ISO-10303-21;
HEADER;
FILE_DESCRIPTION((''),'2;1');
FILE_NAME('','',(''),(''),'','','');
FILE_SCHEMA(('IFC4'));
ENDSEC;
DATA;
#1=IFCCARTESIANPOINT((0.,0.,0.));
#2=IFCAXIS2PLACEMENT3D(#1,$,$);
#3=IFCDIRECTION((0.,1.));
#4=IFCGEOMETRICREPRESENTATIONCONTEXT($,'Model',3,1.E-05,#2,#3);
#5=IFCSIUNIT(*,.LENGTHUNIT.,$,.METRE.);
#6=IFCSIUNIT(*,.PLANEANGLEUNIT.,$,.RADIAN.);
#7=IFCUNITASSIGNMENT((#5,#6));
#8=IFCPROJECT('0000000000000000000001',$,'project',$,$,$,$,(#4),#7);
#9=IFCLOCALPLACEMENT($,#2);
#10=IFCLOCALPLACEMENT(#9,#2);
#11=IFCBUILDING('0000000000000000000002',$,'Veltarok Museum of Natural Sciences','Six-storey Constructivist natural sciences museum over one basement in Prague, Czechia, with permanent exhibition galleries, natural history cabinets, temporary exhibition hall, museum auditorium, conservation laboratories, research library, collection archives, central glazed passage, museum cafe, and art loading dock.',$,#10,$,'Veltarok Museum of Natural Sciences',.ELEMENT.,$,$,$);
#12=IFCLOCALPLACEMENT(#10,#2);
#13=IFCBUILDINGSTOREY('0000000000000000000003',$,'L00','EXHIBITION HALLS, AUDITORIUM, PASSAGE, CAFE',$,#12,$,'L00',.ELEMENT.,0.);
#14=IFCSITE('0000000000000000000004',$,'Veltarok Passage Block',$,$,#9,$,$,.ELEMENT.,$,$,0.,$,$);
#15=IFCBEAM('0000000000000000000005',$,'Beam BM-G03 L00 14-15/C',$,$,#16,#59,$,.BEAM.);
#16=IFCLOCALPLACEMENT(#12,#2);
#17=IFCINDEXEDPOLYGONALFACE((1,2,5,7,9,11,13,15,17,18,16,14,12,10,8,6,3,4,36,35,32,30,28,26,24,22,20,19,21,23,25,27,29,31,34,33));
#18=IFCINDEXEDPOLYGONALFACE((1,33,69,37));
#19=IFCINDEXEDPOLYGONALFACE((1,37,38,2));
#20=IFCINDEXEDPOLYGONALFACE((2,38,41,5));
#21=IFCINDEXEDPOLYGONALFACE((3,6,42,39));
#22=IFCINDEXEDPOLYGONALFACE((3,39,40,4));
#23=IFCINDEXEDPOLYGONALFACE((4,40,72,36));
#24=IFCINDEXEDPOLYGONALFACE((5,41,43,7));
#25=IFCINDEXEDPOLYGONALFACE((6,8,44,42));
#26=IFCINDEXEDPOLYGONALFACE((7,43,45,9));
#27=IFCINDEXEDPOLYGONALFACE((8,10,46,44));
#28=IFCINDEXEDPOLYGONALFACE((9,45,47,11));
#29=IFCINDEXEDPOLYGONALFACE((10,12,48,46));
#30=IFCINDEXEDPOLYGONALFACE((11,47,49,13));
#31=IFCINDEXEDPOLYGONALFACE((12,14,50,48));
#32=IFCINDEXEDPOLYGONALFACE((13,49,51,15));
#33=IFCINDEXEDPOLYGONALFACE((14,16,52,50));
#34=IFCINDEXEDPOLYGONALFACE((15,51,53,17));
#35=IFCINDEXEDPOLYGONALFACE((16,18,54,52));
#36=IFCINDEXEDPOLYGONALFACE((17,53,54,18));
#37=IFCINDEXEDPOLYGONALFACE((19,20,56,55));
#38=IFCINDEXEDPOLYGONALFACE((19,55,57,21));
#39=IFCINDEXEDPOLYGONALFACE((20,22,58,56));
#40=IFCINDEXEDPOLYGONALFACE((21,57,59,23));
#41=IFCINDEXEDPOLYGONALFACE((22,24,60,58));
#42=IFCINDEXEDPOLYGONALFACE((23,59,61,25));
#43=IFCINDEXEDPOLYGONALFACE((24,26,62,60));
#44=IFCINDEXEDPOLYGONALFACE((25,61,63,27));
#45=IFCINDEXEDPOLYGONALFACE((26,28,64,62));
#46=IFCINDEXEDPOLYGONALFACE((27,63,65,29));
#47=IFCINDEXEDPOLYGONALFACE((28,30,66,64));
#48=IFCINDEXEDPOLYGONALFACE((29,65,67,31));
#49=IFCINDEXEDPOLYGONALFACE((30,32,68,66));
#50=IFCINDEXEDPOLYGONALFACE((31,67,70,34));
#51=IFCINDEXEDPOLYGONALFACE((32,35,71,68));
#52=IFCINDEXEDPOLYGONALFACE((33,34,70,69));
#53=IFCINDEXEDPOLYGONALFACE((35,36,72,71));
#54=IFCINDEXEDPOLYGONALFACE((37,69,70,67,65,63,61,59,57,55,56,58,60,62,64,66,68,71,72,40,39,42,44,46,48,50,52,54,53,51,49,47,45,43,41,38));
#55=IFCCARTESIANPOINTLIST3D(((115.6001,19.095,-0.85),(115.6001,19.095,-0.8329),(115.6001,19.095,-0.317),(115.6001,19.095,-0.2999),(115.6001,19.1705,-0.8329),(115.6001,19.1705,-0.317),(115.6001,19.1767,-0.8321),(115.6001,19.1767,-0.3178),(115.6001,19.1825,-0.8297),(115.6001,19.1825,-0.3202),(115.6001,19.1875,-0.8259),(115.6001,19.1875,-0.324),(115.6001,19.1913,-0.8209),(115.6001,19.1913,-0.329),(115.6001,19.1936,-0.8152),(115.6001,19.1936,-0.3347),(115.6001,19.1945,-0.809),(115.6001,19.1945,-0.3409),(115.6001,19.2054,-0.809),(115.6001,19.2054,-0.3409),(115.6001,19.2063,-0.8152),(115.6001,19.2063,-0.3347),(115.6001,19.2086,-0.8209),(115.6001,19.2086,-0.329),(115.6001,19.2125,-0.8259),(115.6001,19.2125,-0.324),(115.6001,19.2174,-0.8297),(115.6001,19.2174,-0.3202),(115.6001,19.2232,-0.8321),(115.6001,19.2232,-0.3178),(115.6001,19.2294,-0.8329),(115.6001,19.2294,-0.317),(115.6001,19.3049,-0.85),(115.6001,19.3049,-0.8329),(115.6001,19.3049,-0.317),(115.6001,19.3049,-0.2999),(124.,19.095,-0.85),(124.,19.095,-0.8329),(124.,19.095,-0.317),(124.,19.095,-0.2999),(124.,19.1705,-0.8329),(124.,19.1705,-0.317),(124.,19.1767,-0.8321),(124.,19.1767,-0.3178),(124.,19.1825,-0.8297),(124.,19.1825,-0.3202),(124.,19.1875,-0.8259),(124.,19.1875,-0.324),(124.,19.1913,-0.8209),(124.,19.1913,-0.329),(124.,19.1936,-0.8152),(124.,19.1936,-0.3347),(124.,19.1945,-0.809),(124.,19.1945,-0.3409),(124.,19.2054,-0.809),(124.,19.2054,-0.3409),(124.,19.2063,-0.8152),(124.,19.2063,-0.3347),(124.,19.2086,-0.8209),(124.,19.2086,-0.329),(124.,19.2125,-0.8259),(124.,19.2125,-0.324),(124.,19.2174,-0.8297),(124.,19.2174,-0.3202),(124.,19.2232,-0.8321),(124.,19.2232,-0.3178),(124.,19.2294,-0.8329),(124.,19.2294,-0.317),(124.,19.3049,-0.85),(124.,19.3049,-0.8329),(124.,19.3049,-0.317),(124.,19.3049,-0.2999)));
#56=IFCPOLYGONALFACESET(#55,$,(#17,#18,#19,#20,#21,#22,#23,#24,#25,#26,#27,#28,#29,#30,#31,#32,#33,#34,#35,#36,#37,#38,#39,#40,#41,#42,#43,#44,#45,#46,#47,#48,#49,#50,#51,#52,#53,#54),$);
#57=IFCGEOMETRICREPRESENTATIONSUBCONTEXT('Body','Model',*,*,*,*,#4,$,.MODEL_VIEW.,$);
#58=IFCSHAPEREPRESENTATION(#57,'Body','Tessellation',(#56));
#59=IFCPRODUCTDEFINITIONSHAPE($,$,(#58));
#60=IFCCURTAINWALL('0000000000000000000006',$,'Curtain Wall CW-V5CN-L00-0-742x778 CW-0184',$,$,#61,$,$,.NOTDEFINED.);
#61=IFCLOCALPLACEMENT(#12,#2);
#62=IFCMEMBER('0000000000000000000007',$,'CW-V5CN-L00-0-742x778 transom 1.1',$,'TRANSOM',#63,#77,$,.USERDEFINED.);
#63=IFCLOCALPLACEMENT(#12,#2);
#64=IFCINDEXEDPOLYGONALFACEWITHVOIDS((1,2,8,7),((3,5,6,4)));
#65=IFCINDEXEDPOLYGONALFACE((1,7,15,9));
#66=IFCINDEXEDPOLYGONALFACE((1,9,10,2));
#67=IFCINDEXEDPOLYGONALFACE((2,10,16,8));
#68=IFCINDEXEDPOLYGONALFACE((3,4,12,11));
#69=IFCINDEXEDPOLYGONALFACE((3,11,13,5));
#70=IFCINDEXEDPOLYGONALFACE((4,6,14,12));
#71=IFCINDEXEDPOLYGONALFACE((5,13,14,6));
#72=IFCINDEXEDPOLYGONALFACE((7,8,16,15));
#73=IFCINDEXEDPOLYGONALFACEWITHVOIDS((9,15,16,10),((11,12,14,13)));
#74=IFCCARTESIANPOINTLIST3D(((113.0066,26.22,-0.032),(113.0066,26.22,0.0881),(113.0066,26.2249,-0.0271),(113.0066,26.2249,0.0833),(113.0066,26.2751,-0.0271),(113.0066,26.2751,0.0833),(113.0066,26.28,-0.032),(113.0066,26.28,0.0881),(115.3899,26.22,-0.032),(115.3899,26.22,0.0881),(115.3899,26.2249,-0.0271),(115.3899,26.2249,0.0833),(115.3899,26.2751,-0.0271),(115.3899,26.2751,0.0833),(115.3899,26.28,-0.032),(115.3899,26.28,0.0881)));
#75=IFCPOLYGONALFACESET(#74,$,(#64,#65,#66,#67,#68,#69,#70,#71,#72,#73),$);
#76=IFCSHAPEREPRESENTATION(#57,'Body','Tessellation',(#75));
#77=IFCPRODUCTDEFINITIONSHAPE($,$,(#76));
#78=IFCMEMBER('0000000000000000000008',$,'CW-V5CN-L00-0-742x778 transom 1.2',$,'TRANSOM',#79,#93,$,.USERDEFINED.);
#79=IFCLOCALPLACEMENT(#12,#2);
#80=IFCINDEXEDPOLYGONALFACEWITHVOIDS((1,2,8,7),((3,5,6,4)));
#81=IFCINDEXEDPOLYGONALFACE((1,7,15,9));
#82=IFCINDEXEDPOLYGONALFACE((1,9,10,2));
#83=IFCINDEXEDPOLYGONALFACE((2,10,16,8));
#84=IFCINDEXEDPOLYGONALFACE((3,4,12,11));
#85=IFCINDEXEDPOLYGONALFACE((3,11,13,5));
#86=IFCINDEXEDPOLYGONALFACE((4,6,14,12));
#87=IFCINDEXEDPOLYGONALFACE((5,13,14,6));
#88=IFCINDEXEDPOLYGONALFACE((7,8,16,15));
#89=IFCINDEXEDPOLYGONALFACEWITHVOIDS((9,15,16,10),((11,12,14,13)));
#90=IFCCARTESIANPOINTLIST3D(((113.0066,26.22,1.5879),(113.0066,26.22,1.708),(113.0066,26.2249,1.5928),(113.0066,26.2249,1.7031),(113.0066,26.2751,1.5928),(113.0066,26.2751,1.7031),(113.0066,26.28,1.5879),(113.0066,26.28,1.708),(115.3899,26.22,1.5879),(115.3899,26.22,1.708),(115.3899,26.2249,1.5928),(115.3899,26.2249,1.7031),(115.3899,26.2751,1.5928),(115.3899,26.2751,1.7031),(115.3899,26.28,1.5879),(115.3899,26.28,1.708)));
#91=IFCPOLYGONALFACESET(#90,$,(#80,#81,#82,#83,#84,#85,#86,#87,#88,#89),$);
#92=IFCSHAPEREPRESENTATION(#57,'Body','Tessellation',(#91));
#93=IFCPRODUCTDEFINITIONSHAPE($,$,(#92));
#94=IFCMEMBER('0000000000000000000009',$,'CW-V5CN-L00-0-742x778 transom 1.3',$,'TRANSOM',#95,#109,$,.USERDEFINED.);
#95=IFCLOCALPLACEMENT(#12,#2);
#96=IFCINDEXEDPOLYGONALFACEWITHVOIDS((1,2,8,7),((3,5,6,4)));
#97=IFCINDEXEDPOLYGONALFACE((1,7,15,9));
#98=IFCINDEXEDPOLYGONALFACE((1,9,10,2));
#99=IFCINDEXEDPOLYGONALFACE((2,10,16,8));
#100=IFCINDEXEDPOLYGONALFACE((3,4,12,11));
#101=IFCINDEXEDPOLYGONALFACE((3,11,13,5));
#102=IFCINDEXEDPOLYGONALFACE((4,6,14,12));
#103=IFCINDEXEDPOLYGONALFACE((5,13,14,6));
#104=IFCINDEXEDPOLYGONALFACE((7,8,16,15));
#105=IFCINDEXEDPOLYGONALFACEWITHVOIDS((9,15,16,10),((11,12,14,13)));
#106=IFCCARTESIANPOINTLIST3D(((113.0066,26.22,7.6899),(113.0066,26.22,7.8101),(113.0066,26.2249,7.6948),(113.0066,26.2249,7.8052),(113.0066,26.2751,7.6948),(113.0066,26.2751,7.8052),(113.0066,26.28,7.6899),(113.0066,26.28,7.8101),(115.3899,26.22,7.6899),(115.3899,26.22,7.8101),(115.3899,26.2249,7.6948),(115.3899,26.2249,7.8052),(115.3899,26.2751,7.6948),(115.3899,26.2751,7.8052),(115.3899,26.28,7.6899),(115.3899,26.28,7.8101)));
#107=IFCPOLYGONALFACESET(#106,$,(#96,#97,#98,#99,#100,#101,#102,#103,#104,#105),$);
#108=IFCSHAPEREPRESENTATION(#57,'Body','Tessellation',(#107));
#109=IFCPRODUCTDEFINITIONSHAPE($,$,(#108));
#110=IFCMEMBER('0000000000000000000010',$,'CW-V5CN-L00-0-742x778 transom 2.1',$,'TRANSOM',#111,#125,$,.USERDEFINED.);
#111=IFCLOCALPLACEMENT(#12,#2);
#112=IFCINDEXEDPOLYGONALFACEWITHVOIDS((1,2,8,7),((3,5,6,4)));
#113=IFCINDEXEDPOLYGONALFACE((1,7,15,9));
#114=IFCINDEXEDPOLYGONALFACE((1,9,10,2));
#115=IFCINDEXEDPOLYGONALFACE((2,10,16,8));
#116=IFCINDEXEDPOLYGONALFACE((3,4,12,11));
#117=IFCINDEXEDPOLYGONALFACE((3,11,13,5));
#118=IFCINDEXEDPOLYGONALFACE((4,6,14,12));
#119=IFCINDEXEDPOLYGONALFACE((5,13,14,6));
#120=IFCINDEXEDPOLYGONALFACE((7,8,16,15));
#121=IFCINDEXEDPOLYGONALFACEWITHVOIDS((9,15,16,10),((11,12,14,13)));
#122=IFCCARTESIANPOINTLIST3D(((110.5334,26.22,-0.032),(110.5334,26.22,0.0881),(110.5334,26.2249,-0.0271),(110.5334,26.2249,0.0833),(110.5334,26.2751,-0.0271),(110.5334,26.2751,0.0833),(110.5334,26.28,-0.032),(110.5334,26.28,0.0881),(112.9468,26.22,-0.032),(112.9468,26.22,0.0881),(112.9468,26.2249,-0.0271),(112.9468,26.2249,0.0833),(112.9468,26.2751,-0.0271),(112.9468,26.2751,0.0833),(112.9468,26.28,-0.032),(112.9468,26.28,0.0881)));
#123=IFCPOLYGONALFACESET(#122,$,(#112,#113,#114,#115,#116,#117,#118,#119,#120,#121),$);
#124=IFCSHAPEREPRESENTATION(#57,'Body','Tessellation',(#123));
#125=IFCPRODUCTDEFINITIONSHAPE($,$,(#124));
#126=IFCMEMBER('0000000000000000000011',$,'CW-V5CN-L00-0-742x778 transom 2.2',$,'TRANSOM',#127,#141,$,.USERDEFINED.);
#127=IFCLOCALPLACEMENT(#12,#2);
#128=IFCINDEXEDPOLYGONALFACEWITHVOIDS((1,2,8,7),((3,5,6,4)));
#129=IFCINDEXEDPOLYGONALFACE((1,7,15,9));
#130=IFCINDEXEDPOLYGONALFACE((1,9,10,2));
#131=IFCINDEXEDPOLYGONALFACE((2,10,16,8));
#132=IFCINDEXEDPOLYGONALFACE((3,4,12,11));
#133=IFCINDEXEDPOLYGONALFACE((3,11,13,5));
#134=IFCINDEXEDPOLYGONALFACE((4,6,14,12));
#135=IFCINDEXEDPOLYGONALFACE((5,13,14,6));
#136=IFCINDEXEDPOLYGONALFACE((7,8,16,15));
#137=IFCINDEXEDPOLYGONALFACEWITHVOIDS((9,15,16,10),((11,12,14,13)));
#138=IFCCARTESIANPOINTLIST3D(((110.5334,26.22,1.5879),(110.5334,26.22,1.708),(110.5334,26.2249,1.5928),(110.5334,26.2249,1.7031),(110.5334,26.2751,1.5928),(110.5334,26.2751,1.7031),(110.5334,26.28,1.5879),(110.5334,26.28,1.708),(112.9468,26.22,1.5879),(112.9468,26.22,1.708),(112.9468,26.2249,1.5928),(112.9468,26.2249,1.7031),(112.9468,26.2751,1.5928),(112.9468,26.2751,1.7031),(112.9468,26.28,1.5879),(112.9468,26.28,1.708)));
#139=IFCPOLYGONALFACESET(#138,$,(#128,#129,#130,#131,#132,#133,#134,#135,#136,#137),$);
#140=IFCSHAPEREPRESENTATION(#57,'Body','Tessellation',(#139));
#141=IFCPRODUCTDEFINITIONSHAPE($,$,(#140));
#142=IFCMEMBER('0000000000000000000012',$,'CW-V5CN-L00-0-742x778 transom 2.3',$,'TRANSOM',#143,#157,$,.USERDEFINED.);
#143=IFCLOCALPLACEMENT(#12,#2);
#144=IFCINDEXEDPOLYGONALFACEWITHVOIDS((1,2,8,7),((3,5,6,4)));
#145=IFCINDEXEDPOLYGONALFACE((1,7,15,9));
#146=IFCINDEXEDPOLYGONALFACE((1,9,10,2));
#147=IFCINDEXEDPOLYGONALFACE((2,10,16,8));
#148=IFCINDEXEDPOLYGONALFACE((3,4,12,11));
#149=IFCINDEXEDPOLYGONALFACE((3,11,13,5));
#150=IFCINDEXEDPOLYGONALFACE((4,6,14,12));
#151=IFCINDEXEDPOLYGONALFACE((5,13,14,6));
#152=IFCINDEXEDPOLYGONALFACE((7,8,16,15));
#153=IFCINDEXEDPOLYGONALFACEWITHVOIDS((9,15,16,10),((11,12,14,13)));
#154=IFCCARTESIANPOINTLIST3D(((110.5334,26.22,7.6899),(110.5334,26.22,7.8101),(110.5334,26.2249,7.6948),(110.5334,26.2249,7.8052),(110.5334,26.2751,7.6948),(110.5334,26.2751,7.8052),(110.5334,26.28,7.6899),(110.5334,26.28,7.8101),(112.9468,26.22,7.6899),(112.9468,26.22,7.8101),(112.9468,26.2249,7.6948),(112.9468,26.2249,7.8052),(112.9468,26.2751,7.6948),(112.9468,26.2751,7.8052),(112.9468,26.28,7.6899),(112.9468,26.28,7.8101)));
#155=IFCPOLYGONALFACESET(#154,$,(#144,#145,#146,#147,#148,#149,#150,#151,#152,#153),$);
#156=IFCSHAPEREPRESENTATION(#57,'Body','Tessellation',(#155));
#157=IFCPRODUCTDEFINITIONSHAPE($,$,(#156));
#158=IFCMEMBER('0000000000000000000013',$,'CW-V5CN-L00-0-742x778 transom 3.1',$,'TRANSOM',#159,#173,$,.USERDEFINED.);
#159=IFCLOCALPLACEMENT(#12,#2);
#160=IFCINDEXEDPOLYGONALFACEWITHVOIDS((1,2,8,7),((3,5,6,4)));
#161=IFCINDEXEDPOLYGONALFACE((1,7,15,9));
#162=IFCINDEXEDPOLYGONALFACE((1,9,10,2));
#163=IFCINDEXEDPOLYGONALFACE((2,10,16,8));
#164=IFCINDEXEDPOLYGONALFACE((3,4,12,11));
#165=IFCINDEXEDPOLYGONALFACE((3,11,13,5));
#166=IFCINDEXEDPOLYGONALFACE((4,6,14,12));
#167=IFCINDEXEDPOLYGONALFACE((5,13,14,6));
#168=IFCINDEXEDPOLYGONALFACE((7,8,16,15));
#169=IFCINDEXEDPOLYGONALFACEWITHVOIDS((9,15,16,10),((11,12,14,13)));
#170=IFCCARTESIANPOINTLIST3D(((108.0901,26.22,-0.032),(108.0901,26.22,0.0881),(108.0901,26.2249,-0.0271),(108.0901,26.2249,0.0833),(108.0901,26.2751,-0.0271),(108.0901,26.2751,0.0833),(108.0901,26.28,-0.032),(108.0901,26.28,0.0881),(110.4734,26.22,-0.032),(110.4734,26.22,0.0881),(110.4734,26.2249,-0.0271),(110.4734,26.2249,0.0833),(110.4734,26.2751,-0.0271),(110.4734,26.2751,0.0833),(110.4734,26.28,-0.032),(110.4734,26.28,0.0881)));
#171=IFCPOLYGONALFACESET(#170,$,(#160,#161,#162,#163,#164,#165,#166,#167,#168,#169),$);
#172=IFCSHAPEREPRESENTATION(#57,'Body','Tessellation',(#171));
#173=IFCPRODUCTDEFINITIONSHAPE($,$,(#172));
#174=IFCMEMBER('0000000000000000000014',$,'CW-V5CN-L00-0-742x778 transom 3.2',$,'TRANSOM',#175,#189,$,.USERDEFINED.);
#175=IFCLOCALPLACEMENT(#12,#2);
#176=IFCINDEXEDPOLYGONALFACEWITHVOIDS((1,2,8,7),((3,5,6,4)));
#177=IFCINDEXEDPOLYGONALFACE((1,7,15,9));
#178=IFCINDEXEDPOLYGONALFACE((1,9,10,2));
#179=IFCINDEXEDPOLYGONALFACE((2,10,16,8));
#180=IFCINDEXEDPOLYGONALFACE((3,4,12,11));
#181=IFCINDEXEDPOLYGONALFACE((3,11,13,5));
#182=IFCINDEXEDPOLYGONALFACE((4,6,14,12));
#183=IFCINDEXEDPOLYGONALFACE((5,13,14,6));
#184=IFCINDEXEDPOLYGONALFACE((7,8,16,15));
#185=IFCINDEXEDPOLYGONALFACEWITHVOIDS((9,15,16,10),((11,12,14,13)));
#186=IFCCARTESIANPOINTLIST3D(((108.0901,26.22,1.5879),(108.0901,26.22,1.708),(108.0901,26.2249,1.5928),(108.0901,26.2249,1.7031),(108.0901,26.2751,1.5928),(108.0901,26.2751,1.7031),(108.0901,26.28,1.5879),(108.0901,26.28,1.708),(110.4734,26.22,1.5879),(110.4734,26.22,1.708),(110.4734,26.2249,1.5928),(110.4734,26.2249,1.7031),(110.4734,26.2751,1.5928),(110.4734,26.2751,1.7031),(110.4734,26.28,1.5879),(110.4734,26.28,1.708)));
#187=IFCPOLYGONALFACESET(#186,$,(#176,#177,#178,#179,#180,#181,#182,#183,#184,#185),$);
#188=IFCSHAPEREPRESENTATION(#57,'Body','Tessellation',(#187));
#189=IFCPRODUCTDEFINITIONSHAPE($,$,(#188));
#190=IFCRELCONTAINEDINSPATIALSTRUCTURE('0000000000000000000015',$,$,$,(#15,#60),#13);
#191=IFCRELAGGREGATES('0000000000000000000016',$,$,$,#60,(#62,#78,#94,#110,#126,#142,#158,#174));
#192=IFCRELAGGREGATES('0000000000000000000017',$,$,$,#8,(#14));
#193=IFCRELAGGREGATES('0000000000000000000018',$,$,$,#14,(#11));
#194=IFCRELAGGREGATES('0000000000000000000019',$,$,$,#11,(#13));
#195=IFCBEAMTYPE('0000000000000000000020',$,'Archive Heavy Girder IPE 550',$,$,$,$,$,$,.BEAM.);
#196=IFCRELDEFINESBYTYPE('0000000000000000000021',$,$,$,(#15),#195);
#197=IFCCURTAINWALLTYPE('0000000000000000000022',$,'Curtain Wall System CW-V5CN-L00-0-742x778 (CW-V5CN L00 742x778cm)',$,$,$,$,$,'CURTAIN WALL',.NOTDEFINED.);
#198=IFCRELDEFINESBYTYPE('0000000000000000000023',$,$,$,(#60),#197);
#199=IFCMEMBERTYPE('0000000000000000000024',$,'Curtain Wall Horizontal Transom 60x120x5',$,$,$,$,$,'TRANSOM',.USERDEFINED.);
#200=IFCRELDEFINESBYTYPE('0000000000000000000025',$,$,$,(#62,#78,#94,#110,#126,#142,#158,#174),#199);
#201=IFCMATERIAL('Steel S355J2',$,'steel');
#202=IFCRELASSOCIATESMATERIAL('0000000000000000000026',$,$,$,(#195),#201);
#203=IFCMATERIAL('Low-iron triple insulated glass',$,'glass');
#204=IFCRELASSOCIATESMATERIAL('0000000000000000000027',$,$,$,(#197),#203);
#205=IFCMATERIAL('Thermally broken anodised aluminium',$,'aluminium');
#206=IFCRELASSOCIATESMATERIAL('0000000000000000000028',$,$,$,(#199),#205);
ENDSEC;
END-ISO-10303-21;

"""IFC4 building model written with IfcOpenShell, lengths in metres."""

from ifc_helpers import new_model, si_unit, direction, frame, origin, origin_2d, place, context, subcontext, project, spatial, hollow_rectangle, i_section, extrude, material, material_profile, profile_set, type_object, element, aggregate, save


model = new_model("IFC4")

# Units and contexts
model_context = context("Model", 3, precision=1e-05, world=origin(), true_north=direction((0.0, 1.0)))
body_context = subcontext(model_context, "Body", "Model", "MODEL_VIEW")
ifc_project = project(units=[si_unit("LENGTHUNIT", "METRE"), si_unit("PLANEANGLEUNIT", "RADIAN")], contexts=[model_context])

# Site, building, storey
site_placement = place(None, origin())
site = spatial("IfcSite", under=ifc_project, at=site_placement, Name="Veltarok Passage Block", CompositionType="ELEMENT", RefElevation=0.0)
building_placement = place(site_placement, origin())
building = spatial("IfcBuilding", under=site, at=building_placement, Name="Veltarok Museum of Natural Sciences", Description="Six-storey Constructivist natural sciences museum over one basement in Prague, Czechia, with permanent exhibition galleries, natural history cabinets, temporary exhibition hall, museum auditorium, conservation laboratories, research library, collection archives, central glazed passage, museum cafe, and art loading dock.", LongName="Veltarok Museum of Natural Sciences", CompositionType="ELEMENT")
storey_placement = place(building_placement, origin())
storey = spatial("IfcBuildingStorey", under=building, at=storey_placement, Name="L00", Description="EXHIBITION HALLS, AUDITORIUM, PASSAGE, CAFE", LongName="L00", CompositionType="ELEMENT", Elevation=0.0)

# Beam
ifc_material_1 = material(Name="Steel S355J2", Category="steel")
ifc_material_profile_1 = material_profile(ifc_material_1, i_section(OverallWidth=0.21, OverallDepth=0.55, WebThickness=0.011, FlangeThickness=0.0171, FilletRadius=0.0239, at=origin_2d()), Name="IPE 550")
ifc_profile_set_1 = profile_set([ifc_material_profile_1], Name="Steel S355J2")
beam_type_1 = type_object("IfcBeamType", Name="Archive Heavy Girder IPE 550", PredefinedType="BEAM", material=ifc_profile_set_1)
beam_1_placement = place(storey_placement, frame((115.6001, 19.2, -0.575), z_axis=(1.0, 0.0, 0.0), x_axis=(0.0, 1.0, 0.0)))
element("IfcBeam", 1, at=beam_1_placement, inside=storey, type_object=beam_type_1, Name="Beam BM-G03 L00 14-15/C", PredefinedType="BEAM", context=body_context, shape_type="SweptSolid", body=[
    extrude(i_section(OverallWidth=0.21, OverallDepth=0.55, WebThickness=0.011, FlangeThickness=0.0171, FilletRadius=0.0239, at=origin_2d()), origin(), (0.0, 0.0, 1.0), 8.3999),
])

# Curtain wall, members
ifc_material_2 = material(Name="Low-iron triple insulated glass", Category="glass")
curtain_wall_type_1 = type_object("IfcCurtainWallType", Name="Curtain Wall System CW-V5CN-L00-0-742x778 (CW-V5CN L00 742x778cm)", ElementType="CURTAIN WALL", PredefinedType="NOTDEFINED", material=ifc_material_2)
curtain_wall_1_placement = place(storey_placement, origin())
curtain_wall_1 = element("IfcCurtainWall", 2, at=curtain_wall_1_placement, inside=storey, type_object=curtain_wall_type_1, Name="Curtain Wall CW-V5CN-L00-0-742x778 CW-0184", PredefinedType="NOTDEFINED")
ifc_material_3 = material(Name="Thermally broken anodised aluminium", Category="aluminium")
ifc_material_profile_2 = material_profile(ifc_material_3, hollow_rectangle(XDim=0.0601, YDim=0.1201, WallThickness=0.0049, at=origin_2d()), Name="CW TRANSOM 60x120x5")
ifc_profile_set_2 = profile_set([ifc_material_profile_2], Name="Thermally broken anodised aluminium")
member_type_1 = type_object("IfcMemberType", Name="Curtain Wall Horizontal Transom 60x120x5", ElementType="TRANSOM", PredefinedType="USERDEFINED", material=ifc_profile_set_2)
member_1_placement = place(storey_placement, frame((115.3899, 26.25, 0.0281), z_axis=(-1.0, 0.0, 0.0), x_axis=(0.0, -1.0, 0.0)))
member_1 = element("IfcMember", 3, at=member_1_placement, type_object=member_type_1, Name="CW-V5CN-L00-0-742x778 transom 1.1", ObjectType="TRANSOM", PredefinedType="USERDEFINED", context=body_context, shape_type="SweptSolid", body=[
    extrude(hollow_rectangle(XDim=0.0601, YDim=0.1201, WallThickness=0.0049, at=origin_2d()), origin(), (0.0, 0.0, 1.0), 2.3833),
])
member_2_placement = place(storey_placement, frame((115.3899, 26.25, 1.6479), z_axis=(-1.0, 0.0, 0.0), x_axis=(0.0, -1.0, 0.0)))
member_2 = element("IfcMember", 4, at=member_2_placement, type_object=member_type_1, Name="CW-V5CN-L00-0-742x778 transom 1.2", ObjectType="TRANSOM", PredefinedType="USERDEFINED", context=body_context, shape_type="SweptSolid", body=[
    extrude(hollow_rectangle(XDim=0.0601, YDim=0.1201, WallThickness=0.0049, at=origin_2d()), origin(), (0.0, 0.0, 1.0), 2.3833),
])
member_3_placement = place(storey_placement, frame((115.3899, 26.25, 7.75), z_axis=(-1.0, 0.0, 0.0), x_axis=(0.0, -1.0, 0.0)))
member_3 = element("IfcMember", 5, at=member_3_placement, type_object=member_type_1, Name="CW-V5CN-L00-0-742x778 transom 1.3", ObjectType="TRANSOM", PredefinedType="USERDEFINED", context=body_context, shape_type="SweptSolid", body=[
    extrude(hollow_rectangle(XDim=0.0601, YDim=0.1201, WallThickness=0.0049, at=origin_2d()), origin(), (0.0, 0.0, 1.0), 2.3833),
])
member_4_placement = place(storey_placement, frame((112.9468, 26.25, 0.0281), z_axis=(-1.0, 0.0, 0.0), x_axis=(0.0, -1.0, 0.0)))
member_4 = element("IfcMember", 6, at=member_4_placement, type_object=member_type_1, Name="CW-V5CN-L00-0-742x778 transom 2.1", ObjectType="TRANSOM", PredefinedType="USERDEFINED", context=body_context, shape_type="SweptSolid", body=[
    extrude(hollow_rectangle(XDim=0.0601, YDim=0.1201, WallThickness=0.0049, at=origin_2d()), origin(), (0.0, 0.0, 1.0), 2.4133),
])
member_5_placement = place(storey_placement, frame((112.9468, 26.25, 1.6479), z_axis=(-1.0, 0.0, 0.0), x_axis=(0.0, -1.0, 0.0)))
member_5 = element("IfcMember", 7, at=member_5_placement, type_object=member_type_1, Name="CW-V5CN-L00-0-742x778 transom 2.2", ObjectType="TRANSOM", PredefinedType="USERDEFINED", context=body_context, shape_type="SweptSolid", body=[
    extrude(hollow_rectangle(XDim=0.0601, YDim=0.1201, WallThickness=0.0049, at=origin_2d()), origin(), (0.0, 0.0, 1.0), 2.4133),
])
member_6_placement = place(storey_placement, frame((112.9468, 26.25, 7.75), z_axis=(-1.0, 0.0, 0.0), x_axis=(0.0, -1.0, 0.0)))
member_6 = element("IfcMember", 8, at=member_6_placement, type_object=member_type_1, Name="CW-V5CN-L00-0-742x778 transom 2.3", ObjectType="TRANSOM", PredefinedType="USERDEFINED", context=body_context, shape_type="SweptSolid", body=[
    extrude(hollow_rectangle(XDim=0.0601, YDim=0.1201, WallThickness=0.0049, at=origin_2d()), origin(), (0.0, 0.0, 1.0), 2.4133),
])
member_7_placement = place(storey_placement, frame((110.4734, 26.25, 0.0281), z_axis=(-1.0, 0.0, 0.0), x_axis=(0.0, -1.0, 0.0)))
member_7 = element("IfcMember", 9, at=member_7_placement, type_object=member_type_1, Name="CW-V5CN-L00-0-742x778 transom 3.1", ObjectType="TRANSOM", PredefinedType="USERDEFINED", context=body_context, shape_type="SweptSolid", body=[
    extrude(hollow_rectangle(XDim=0.0601, YDim=0.1201, WallThickness=0.0049, at=origin_2d()), origin(), (0.0, 0.0, 1.0), 2.3833),
])
member_8_placement = place(storey_placement, frame((110.4734, 26.25, 1.6479), z_axis=(-1.0, 0.0, 0.0), x_axis=(0.0, -1.0, 0.0)))
member_8 = element("IfcMember", 10, at=member_8_placement, type_object=member_type_1, Name="CW-V5CN-L00-0-742x778 transom 3.2", ObjectType="TRANSOM", PredefinedType="USERDEFINED", context=body_context, shape_type="SweptSolid", body=[
    extrude(hollow_rectangle(XDim=0.0601, YDim=0.1201, WallThickness=0.0049, at=origin_2d()), origin(), (0.0, 0.0, 1.0), 2.3833),
])

aggregate(curtain_wall_1, [member_1, member_2, member_3, member_4, member_5, member_6, member_7, member_8])

save(model, "model.ifc")
